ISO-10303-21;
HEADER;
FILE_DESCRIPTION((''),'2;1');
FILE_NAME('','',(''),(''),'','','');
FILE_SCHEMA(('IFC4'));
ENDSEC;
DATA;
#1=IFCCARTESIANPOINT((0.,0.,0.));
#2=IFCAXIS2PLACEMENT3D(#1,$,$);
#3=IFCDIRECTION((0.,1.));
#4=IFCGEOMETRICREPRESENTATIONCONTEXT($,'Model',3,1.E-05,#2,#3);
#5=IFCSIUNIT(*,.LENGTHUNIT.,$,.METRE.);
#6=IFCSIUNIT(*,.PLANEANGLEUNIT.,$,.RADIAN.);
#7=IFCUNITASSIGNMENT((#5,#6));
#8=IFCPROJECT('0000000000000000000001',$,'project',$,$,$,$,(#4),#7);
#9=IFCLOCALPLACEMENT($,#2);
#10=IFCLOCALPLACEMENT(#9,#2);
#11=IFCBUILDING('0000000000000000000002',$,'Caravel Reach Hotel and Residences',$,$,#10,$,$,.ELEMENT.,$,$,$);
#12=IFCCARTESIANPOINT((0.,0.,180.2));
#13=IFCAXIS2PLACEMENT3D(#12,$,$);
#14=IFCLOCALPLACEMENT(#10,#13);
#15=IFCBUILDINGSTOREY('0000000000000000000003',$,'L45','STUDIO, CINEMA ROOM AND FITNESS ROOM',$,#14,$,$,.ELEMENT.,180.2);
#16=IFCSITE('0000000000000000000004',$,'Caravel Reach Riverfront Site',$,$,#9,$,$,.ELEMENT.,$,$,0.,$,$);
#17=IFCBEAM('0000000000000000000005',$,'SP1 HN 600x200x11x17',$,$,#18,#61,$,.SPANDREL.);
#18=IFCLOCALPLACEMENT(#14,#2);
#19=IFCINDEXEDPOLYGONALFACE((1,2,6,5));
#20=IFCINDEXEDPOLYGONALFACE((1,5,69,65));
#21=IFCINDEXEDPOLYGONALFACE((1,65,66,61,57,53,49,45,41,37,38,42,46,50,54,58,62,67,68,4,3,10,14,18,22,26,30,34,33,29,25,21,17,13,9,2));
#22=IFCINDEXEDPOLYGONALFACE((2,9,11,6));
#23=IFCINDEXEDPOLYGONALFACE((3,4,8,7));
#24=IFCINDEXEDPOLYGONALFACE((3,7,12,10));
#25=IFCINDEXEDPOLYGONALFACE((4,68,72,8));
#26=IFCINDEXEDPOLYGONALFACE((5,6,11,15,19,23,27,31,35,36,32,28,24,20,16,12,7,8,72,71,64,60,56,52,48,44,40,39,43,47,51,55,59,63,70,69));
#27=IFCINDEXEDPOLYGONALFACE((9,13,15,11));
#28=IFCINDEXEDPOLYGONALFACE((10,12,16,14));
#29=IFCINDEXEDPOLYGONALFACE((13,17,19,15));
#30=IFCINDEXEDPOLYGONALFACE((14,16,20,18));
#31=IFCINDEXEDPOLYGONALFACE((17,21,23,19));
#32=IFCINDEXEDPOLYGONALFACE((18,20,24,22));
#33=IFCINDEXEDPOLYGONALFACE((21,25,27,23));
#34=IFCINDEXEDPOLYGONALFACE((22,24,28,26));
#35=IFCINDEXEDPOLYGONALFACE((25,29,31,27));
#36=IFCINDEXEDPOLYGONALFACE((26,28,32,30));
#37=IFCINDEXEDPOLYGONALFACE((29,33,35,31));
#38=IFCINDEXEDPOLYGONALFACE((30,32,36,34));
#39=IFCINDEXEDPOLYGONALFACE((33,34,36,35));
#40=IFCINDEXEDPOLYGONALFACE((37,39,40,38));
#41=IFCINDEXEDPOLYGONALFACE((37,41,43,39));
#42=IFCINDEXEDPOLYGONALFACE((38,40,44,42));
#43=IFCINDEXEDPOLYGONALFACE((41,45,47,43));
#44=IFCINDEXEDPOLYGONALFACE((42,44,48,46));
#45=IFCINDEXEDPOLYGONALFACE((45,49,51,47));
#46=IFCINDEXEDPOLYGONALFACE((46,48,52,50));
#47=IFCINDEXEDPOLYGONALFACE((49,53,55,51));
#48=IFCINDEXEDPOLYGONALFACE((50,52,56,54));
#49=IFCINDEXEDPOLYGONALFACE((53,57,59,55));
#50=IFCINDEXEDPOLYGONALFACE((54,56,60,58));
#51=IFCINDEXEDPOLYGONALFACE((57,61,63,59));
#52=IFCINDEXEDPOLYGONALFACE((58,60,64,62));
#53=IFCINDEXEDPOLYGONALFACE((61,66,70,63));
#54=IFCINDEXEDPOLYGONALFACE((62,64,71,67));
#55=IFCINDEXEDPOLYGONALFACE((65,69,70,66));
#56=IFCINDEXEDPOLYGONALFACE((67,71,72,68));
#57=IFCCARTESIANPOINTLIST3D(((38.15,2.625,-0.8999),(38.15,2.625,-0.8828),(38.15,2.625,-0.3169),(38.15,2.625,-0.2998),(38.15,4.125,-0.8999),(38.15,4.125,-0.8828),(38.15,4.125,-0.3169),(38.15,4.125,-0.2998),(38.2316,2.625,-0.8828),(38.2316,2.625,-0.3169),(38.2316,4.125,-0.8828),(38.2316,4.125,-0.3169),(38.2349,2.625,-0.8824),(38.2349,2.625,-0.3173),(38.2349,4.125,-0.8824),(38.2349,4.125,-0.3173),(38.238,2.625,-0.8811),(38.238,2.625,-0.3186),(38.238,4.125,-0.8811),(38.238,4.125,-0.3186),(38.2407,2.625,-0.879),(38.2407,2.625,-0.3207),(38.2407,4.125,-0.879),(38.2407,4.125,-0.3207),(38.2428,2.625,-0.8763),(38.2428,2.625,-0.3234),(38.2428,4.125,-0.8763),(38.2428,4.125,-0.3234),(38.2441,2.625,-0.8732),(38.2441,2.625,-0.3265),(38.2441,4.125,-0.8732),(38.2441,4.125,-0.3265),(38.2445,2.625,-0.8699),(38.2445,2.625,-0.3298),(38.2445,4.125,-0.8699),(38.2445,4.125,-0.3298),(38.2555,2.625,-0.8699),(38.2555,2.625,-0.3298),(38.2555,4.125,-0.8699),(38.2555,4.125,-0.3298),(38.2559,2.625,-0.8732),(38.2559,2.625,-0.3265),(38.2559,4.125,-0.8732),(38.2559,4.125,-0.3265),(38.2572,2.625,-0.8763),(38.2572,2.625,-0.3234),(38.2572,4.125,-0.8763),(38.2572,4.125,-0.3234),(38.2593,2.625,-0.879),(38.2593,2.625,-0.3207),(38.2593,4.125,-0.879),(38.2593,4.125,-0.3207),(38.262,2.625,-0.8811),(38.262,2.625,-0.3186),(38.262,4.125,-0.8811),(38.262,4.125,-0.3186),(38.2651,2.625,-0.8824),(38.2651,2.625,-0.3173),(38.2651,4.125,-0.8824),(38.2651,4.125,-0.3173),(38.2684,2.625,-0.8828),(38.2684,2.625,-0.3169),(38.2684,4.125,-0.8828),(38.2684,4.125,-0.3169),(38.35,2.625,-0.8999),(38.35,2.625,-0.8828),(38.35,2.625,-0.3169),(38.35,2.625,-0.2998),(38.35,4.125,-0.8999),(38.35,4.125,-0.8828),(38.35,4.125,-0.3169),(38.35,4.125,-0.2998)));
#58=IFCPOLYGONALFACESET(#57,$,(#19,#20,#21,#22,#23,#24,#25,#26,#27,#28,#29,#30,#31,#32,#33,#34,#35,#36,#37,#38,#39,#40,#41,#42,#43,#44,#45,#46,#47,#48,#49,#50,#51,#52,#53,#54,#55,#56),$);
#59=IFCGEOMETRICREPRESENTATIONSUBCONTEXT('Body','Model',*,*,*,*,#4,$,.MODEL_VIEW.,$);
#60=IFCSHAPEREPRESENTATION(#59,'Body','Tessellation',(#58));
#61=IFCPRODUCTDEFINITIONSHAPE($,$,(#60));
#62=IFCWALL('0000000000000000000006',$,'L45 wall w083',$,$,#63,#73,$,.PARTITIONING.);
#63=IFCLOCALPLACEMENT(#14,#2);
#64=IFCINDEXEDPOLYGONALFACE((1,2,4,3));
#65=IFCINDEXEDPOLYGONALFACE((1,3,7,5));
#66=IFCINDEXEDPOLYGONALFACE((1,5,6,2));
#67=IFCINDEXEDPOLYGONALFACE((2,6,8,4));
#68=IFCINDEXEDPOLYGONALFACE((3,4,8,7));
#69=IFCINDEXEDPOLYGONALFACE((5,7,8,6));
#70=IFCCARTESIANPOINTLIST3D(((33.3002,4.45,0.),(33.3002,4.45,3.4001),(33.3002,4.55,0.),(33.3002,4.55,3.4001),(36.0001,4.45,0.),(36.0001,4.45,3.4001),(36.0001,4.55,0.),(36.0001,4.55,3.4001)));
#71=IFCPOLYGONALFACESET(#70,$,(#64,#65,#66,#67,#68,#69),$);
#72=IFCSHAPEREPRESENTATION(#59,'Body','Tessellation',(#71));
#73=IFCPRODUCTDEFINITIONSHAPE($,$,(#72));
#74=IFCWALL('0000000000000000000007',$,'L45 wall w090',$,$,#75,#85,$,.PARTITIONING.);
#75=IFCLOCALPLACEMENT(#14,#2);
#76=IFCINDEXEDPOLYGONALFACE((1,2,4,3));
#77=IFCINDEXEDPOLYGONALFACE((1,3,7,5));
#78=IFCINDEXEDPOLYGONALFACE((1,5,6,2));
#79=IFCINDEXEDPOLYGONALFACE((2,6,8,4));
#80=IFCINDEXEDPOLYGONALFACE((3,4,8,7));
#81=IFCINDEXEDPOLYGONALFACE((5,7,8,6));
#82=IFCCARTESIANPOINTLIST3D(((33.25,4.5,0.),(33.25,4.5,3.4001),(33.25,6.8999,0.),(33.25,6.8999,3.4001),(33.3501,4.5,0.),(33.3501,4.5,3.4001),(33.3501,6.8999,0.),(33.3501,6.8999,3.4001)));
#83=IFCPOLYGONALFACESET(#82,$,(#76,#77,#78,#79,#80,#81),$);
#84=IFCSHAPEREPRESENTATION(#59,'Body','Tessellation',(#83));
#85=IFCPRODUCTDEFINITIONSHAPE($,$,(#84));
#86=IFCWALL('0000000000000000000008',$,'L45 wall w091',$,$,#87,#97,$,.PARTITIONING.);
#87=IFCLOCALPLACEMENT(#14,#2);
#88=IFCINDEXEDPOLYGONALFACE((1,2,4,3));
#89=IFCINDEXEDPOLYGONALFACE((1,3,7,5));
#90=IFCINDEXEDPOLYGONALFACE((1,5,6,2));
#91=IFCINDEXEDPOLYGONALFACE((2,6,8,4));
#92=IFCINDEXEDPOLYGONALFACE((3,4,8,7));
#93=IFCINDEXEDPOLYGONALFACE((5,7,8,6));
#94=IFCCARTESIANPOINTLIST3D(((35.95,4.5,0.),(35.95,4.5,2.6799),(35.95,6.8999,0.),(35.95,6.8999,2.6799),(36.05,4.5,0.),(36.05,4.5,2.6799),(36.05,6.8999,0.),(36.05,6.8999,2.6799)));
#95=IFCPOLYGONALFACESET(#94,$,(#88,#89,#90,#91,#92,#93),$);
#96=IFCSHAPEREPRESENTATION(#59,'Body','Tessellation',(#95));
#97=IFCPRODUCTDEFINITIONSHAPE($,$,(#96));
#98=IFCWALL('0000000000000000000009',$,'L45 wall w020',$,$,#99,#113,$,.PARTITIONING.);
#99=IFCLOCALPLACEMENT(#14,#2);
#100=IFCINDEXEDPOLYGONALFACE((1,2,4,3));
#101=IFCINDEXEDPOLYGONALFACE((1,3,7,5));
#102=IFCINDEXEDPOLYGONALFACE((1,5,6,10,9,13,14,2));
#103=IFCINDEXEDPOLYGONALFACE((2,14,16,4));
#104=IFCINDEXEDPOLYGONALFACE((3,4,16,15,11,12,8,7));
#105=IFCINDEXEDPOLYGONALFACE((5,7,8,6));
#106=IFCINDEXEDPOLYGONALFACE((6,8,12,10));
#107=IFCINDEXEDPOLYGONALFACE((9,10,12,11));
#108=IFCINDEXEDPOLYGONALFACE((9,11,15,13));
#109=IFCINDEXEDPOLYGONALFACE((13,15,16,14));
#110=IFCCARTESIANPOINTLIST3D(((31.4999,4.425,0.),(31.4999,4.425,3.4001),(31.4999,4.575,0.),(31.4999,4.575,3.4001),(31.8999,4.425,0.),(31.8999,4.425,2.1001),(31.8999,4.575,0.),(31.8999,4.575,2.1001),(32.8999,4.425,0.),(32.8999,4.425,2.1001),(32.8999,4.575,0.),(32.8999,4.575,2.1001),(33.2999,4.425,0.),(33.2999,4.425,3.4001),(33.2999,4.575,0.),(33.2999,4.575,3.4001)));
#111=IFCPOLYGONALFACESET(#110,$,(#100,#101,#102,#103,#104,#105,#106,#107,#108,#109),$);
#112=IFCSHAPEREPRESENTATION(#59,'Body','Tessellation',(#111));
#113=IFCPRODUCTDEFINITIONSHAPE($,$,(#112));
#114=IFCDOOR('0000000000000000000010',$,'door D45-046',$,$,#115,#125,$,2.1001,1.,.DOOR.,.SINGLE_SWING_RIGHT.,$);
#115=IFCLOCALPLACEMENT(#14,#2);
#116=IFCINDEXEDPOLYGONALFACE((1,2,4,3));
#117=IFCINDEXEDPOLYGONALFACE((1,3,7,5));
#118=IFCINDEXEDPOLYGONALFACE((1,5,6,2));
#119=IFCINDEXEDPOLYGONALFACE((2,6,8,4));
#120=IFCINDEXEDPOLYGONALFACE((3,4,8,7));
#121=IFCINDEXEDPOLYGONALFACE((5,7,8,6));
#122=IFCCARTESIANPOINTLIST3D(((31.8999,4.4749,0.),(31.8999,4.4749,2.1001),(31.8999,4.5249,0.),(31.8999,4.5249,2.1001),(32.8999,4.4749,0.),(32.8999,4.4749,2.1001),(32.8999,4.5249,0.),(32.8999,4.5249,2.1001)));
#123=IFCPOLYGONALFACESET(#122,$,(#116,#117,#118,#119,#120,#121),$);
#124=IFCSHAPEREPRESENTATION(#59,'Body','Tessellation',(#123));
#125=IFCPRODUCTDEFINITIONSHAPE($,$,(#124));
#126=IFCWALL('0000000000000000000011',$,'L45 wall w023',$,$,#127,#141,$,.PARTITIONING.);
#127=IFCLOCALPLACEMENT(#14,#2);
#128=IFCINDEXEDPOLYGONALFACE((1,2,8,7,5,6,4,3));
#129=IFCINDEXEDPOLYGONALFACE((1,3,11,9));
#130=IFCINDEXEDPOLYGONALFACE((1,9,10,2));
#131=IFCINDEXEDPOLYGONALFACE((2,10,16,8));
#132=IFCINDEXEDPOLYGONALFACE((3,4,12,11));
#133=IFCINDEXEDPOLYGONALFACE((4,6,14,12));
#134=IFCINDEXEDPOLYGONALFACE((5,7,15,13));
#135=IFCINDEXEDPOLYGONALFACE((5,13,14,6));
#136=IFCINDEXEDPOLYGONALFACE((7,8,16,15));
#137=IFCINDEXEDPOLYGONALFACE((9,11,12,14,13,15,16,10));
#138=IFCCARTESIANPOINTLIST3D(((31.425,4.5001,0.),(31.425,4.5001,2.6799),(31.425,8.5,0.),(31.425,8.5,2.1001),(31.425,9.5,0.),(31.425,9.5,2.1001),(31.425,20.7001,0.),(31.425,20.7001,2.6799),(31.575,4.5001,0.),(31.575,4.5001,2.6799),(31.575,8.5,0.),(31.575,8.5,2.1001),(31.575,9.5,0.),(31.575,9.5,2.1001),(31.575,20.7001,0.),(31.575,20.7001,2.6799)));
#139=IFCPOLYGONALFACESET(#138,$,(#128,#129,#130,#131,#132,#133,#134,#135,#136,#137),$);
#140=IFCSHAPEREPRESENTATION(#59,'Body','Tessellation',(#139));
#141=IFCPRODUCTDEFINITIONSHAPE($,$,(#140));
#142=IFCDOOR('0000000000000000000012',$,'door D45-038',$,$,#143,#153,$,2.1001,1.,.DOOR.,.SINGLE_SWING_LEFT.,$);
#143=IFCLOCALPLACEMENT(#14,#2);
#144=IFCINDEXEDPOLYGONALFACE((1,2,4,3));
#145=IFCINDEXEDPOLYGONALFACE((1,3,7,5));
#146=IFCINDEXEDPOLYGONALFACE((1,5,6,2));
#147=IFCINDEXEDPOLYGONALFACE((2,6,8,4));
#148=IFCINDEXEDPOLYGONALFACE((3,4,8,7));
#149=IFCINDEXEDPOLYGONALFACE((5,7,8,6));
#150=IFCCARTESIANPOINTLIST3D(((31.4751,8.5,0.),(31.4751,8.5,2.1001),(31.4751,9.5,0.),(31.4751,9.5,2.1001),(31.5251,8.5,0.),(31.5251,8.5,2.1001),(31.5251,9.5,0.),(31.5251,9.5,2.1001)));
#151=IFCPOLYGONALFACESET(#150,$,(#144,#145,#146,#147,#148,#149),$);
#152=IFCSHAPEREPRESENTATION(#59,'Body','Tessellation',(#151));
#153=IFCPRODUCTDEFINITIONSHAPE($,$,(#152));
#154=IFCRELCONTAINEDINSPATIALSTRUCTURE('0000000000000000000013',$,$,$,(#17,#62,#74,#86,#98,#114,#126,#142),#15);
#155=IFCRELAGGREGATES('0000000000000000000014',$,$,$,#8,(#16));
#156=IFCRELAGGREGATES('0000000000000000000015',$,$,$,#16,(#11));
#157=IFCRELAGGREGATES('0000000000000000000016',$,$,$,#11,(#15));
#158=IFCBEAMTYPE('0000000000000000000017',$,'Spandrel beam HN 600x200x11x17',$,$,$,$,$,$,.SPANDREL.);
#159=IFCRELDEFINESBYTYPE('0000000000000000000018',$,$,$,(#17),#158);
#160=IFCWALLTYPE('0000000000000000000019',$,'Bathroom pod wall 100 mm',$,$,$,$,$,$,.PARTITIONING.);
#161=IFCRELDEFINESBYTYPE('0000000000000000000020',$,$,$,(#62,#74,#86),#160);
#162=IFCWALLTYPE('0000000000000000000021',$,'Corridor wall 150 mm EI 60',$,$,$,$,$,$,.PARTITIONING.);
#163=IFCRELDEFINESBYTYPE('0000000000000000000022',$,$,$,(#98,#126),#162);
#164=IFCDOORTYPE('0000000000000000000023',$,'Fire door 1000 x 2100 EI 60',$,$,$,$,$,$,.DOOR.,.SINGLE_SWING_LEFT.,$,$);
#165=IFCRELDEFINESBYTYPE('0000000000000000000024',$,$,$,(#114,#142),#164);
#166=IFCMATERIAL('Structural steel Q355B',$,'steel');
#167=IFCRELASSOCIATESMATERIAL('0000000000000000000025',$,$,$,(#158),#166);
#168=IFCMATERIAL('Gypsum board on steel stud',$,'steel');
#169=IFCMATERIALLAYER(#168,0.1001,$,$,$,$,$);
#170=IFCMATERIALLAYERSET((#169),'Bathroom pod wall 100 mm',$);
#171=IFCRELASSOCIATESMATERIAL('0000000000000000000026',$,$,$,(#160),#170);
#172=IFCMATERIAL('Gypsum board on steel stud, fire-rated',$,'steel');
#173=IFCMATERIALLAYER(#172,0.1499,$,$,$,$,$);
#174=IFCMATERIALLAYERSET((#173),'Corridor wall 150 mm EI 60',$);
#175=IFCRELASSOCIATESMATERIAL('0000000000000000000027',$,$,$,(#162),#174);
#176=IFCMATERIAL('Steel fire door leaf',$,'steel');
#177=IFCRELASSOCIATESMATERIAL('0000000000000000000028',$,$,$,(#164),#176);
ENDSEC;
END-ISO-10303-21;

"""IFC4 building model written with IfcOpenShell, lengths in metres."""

from ifc_helpers import new_model, si_unit, direction, frame, frame_2d, origin, origin_2d, place, context, subcontext, project, spatial, rectangle, i_section, extrude, material, layer, layer_set, material_profile, profile_set, type_object, element, fill, save


model = new_model("IFC4")

# Units and contexts
model_context = context("Model", 3, precision=1e-05, world=origin(), true_north=direction((0.0, 1.0)))
body_context = subcontext(model_context, "Body", "Model", "MODEL_VIEW")
ifc_project = project(units=[si_unit("LENGTHUNIT", "METRE"), si_unit("PLANEANGLEUNIT", "RADIAN")], contexts=[model_context])

# Site, building, storey
site_placement = place(None, origin())
site = spatial("IfcSite", under=ifc_project, at=site_placement, Name="Caravel Reach Riverfront Site", CompositionType="ELEMENT", RefElevation=0.0)
building_placement = place(site_placement, origin())
building = spatial("IfcBuilding", under=site, at=building_placement, Name="Caravel Reach Hotel and Residences", CompositionType="ELEMENT")
storey_placement = place(building_placement, frame((0.0, 0.0, 180.2)))
storey = spatial("IfcBuildingStorey", under=building, at=storey_placement, Name="L45", Description="STUDIO, CINEMA ROOM AND FITNESS ROOM", CompositionType="ELEMENT", Elevation=180.2)

# Beam
ifc_material_1 = material(Name="Structural steel Q355B", Category="steel")
ifc_material_profile_1 = material_profile(ifc_material_1, i_section(OverallWidth=0.2, OverallDepth=0.6001, WebThickness=0.011, FlangeThickness=0.0171, FilletRadius=0.0129, at=origin_2d()), Name="HN 600x200x11x17")
ifc_profile_set_1 = profile_set([ifc_material_profile_1], Name="Structural steel Q355B")
beam_type = type_object("IfcBeamType", Name="Spandrel beam HN 600x200x11x17", PredefinedType="SPANDREL", material=ifc_profile_set_1)
for number, where, z_axis, x_axis, name in (
    (1, (38.25, 2.625, -0.5999), (0.0, 1.0, 0.0), (-1.0, 0.0, 0.0), "SP1 HN 600x200x11x17"),
):
    element("IfcBeam", number, at=place(storey_placement, frame(where, z_axis=z_axis, x_axis=x_axis)), inside=storey, type_object=beam_type, Name=name, PredefinedType="SPANDREL", context=body_context, shape_type="SweptSolid", body=[
        extrude(i_section(OverallWidth=0.2, OverallDepth=0.6001, WebThickness=0.011, FlangeThickness=0.0171, FilletRadius=0.0129, at=origin_2d()), origin(), (0.0, 0.0, 1.0), 1.5),
    ])

# Walls
ifc_material_2 = material(Name="Gypsum board on steel stud", Category="steel")
ifc_layer_1 = layer(ifc_material_2, 0.1001)
ifc_layer_set_1 = layer_set([ifc_layer_1], Name="Bathroom pod wall 100 mm")
wall_type_1 = type_object("IfcWallType", Name="Bathroom pod wall 100 mm", PredefinedType="PARTITIONING", material=ifc_layer_set_1)
wall_1_placement = place(storey_placement, frame((33.3, 4.5, 0.0), z_axis=(0.0, 0.0, 1.0), x_axis=(1.0, 0.0, 0.0)))
element("IfcWall", 2, at=wall_1_placement, inside=storey, type_object=wall_type_1, Name="L45 wall w083", PredefinedType="PARTITIONING", context=body_context, shape_type="SweptSolid", body=[
    extrude(rectangle(XDim=2.7, YDim=0.1001, at=frame_2d((1.3501, 0.0))), origin(), (0.0, 0.0, 1.0), 3.4001),
])
wall_2_placement = place(storey_placement, frame((33.3, 4.5, 0.0), z_axis=(0.0, 0.0, 1.0), x_axis=(0.0, 1.0, 0.0)))
element("IfcWall", 3, at=wall_2_placement, inside=storey, type_object=wall_type_1, Name="L45 wall w090", PredefinedType="PARTITIONING", context=body_context, shape_type="SweptSolid", body=[
    extrude(rectangle(XDim=2.3999, YDim=0.1001, at=frame_2d((1.2, 0.0))), origin(), (0.0, 0.0, 1.0), 3.4001),
])
wall_3_placement = place(storey_placement, frame((36.0, 4.5, 0.0), z_axis=(0.0, 0.0, 1.0), x_axis=(0.0, 1.0, 0.0)))
element("IfcWall", 4, at=wall_3_placement, inside=storey, type_object=wall_type_1, Name="L45 wall w091", PredefinedType="PARTITIONING", context=body_context, shape_type="SweptSolid", body=[
    extrude(rectangle(XDim=2.3999, YDim=0.1001, at=frame_2d((1.2, 0.0))), origin(), (0.0, 0.0, 1.0), 2.6799),
])

# Walls, openings, doors
ifc_material_3 = material(Name="Gypsum board on steel stud, fire-rated", Category="steel")
ifc_layer_2 = layer(ifc_material_3, 0.1499)
ifc_layer_set_2 = layer_set([ifc_layer_2], Name="Corridor wall 150 mm EI 60")
wall_type_2 = type_object("IfcWallType", Name="Corridor wall 150 mm EI 60", PredefinedType="PARTITIONING", material=ifc_layer_set_2)
wall_4_placement = place(storey_placement, frame((31.5, 4.5, 0.0), z_axis=(0.0, 0.0, 1.0), x_axis=(1.0, 0.0, 0.0)))
wall_4 = element("IfcWall", 5, at=wall_4_placement, inside=storey, type_object=wall_type_2, Name="L45 wall w020", PredefinedType="PARTITIONING", context=body_context, shape_type="SweptSolid", body=[
    extrude(rectangle(XDim=1.8, YDim=0.1499, at=frame_2d((0.8999, 0.0))), origin(), (0.0, 0.0, 1.0), 3.4001),
])
opening_1_placement = place(wall_4_placement, frame((0.3999, 0.0, 0.0)))
opening_1 = element("IfcOpeningElement", 6, at=opening_1_placement, cuts=wall_4, PredefinedType="OPENING", context=body_context, shape_type="SweptSolid", body=[
    extrude(rectangle(XDim=1.0, YDim=2.1001, at=frame_2d((0.5, 1.05))), frame((0.0, 0.085, 0.0), z_axis=(0.0, -1.0, 0.0), x_axis=(1.0, 0.0, 0.0)), (0.0, 0.0, 1.0), 0.1699),
])
ifc_material_4 = material(Name="Steel fire door leaf", Category="steel")
door_type = type_object("IfcDoorType", Name="Fire door 1000 x 2100 EI 60", OperationType="SINGLE_SWING_LEFT", PredefinedType="DOOR", material=ifc_material_4)
door_1_placement = place(opening_1_placement, origin())
door_1 = element("IfcDoor", 7, at=door_1_placement, inside=storey, type_object=door_type, Name="door D45-046", OperationType="SINGLE_SWING_RIGHT", OverallHeight=2.1001, OverallWidth=1.0, PredefinedType="DOOR", context=body_context, shape_type="SweptSolid", body=[
    extrude(rectangle(XDim=1.0, YDim=2.1001, at=frame_2d((0.5, 1.05))), frame((0.0, 0.0249, 0.0), z_axis=(0.0, -1.0, 0.0), x_axis=(1.0, 0.0, 0.0)), (0.0, 0.0, 1.0), 0.05),
])
fill(opening_1, door_1)
wall_5_placement = place(storey_placement, frame((31.5, 4.5, 0.0), z_axis=(0.0, 0.0, 1.0), x_axis=(0.0, 1.0, 0.0)))
wall_5 = element("IfcWall", 8, at=wall_5_placement, inside=storey, type_object=wall_type_2, Name="L45 wall w023", PredefinedType="PARTITIONING", context=body_context, shape_type="SweptSolid", body=[
    extrude(rectangle(XDim=16.2, YDim=0.1499, at=frame_2d((8.1001, 0.0))), origin(), (0.0, 0.0, 1.0), 2.6799),
])
opening_2_placement = place(wall_5_placement, frame((4.0, 0.0, 0.0)))
opening_2 = element("IfcOpeningElement", 9, at=opening_2_placement, cuts=wall_5, PredefinedType="OPENING", context=body_context, shape_type="SweptSolid", body=[
    extrude(rectangle(XDim=1.0, YDim=2.1001, at=frame_2d((0.5, 1.05))), frame((0.0, 0.085, 0.0), z_axis=(0.0, -1.0, 0.0), x_axis=(1.0, 0.0, 0.0)), (0.0, 0.0, 1.0), 0.1699),
])
door_2_placement = place(opening_2_placement, origin())
door_2 = element("IfcDoor", 10, at=door_2_placement, inside=storey, type_object=door_type, Name="door D45-038", OperationType="SINGLE_SWING_LEFT", OverallHeight=2.1001, OverallWidth=1.0, PredefinedType="DOOR", context=body_context, shape_type="SweptSolid", body=[
    extrude(rectangle(XDim=1.0, YDim=2.1001, at=frame_2d((0.5, 1.05))), frame((0.0, 0.0249, 0.0), z_axis=(0.0, -1.0, 0.0), x_axis=(1.0, 0.0, 0.0)), (0.0, 0.0, 1.0), 0.05),
])
fill(opening_2, door_2)

save(model, "model.ifc")
